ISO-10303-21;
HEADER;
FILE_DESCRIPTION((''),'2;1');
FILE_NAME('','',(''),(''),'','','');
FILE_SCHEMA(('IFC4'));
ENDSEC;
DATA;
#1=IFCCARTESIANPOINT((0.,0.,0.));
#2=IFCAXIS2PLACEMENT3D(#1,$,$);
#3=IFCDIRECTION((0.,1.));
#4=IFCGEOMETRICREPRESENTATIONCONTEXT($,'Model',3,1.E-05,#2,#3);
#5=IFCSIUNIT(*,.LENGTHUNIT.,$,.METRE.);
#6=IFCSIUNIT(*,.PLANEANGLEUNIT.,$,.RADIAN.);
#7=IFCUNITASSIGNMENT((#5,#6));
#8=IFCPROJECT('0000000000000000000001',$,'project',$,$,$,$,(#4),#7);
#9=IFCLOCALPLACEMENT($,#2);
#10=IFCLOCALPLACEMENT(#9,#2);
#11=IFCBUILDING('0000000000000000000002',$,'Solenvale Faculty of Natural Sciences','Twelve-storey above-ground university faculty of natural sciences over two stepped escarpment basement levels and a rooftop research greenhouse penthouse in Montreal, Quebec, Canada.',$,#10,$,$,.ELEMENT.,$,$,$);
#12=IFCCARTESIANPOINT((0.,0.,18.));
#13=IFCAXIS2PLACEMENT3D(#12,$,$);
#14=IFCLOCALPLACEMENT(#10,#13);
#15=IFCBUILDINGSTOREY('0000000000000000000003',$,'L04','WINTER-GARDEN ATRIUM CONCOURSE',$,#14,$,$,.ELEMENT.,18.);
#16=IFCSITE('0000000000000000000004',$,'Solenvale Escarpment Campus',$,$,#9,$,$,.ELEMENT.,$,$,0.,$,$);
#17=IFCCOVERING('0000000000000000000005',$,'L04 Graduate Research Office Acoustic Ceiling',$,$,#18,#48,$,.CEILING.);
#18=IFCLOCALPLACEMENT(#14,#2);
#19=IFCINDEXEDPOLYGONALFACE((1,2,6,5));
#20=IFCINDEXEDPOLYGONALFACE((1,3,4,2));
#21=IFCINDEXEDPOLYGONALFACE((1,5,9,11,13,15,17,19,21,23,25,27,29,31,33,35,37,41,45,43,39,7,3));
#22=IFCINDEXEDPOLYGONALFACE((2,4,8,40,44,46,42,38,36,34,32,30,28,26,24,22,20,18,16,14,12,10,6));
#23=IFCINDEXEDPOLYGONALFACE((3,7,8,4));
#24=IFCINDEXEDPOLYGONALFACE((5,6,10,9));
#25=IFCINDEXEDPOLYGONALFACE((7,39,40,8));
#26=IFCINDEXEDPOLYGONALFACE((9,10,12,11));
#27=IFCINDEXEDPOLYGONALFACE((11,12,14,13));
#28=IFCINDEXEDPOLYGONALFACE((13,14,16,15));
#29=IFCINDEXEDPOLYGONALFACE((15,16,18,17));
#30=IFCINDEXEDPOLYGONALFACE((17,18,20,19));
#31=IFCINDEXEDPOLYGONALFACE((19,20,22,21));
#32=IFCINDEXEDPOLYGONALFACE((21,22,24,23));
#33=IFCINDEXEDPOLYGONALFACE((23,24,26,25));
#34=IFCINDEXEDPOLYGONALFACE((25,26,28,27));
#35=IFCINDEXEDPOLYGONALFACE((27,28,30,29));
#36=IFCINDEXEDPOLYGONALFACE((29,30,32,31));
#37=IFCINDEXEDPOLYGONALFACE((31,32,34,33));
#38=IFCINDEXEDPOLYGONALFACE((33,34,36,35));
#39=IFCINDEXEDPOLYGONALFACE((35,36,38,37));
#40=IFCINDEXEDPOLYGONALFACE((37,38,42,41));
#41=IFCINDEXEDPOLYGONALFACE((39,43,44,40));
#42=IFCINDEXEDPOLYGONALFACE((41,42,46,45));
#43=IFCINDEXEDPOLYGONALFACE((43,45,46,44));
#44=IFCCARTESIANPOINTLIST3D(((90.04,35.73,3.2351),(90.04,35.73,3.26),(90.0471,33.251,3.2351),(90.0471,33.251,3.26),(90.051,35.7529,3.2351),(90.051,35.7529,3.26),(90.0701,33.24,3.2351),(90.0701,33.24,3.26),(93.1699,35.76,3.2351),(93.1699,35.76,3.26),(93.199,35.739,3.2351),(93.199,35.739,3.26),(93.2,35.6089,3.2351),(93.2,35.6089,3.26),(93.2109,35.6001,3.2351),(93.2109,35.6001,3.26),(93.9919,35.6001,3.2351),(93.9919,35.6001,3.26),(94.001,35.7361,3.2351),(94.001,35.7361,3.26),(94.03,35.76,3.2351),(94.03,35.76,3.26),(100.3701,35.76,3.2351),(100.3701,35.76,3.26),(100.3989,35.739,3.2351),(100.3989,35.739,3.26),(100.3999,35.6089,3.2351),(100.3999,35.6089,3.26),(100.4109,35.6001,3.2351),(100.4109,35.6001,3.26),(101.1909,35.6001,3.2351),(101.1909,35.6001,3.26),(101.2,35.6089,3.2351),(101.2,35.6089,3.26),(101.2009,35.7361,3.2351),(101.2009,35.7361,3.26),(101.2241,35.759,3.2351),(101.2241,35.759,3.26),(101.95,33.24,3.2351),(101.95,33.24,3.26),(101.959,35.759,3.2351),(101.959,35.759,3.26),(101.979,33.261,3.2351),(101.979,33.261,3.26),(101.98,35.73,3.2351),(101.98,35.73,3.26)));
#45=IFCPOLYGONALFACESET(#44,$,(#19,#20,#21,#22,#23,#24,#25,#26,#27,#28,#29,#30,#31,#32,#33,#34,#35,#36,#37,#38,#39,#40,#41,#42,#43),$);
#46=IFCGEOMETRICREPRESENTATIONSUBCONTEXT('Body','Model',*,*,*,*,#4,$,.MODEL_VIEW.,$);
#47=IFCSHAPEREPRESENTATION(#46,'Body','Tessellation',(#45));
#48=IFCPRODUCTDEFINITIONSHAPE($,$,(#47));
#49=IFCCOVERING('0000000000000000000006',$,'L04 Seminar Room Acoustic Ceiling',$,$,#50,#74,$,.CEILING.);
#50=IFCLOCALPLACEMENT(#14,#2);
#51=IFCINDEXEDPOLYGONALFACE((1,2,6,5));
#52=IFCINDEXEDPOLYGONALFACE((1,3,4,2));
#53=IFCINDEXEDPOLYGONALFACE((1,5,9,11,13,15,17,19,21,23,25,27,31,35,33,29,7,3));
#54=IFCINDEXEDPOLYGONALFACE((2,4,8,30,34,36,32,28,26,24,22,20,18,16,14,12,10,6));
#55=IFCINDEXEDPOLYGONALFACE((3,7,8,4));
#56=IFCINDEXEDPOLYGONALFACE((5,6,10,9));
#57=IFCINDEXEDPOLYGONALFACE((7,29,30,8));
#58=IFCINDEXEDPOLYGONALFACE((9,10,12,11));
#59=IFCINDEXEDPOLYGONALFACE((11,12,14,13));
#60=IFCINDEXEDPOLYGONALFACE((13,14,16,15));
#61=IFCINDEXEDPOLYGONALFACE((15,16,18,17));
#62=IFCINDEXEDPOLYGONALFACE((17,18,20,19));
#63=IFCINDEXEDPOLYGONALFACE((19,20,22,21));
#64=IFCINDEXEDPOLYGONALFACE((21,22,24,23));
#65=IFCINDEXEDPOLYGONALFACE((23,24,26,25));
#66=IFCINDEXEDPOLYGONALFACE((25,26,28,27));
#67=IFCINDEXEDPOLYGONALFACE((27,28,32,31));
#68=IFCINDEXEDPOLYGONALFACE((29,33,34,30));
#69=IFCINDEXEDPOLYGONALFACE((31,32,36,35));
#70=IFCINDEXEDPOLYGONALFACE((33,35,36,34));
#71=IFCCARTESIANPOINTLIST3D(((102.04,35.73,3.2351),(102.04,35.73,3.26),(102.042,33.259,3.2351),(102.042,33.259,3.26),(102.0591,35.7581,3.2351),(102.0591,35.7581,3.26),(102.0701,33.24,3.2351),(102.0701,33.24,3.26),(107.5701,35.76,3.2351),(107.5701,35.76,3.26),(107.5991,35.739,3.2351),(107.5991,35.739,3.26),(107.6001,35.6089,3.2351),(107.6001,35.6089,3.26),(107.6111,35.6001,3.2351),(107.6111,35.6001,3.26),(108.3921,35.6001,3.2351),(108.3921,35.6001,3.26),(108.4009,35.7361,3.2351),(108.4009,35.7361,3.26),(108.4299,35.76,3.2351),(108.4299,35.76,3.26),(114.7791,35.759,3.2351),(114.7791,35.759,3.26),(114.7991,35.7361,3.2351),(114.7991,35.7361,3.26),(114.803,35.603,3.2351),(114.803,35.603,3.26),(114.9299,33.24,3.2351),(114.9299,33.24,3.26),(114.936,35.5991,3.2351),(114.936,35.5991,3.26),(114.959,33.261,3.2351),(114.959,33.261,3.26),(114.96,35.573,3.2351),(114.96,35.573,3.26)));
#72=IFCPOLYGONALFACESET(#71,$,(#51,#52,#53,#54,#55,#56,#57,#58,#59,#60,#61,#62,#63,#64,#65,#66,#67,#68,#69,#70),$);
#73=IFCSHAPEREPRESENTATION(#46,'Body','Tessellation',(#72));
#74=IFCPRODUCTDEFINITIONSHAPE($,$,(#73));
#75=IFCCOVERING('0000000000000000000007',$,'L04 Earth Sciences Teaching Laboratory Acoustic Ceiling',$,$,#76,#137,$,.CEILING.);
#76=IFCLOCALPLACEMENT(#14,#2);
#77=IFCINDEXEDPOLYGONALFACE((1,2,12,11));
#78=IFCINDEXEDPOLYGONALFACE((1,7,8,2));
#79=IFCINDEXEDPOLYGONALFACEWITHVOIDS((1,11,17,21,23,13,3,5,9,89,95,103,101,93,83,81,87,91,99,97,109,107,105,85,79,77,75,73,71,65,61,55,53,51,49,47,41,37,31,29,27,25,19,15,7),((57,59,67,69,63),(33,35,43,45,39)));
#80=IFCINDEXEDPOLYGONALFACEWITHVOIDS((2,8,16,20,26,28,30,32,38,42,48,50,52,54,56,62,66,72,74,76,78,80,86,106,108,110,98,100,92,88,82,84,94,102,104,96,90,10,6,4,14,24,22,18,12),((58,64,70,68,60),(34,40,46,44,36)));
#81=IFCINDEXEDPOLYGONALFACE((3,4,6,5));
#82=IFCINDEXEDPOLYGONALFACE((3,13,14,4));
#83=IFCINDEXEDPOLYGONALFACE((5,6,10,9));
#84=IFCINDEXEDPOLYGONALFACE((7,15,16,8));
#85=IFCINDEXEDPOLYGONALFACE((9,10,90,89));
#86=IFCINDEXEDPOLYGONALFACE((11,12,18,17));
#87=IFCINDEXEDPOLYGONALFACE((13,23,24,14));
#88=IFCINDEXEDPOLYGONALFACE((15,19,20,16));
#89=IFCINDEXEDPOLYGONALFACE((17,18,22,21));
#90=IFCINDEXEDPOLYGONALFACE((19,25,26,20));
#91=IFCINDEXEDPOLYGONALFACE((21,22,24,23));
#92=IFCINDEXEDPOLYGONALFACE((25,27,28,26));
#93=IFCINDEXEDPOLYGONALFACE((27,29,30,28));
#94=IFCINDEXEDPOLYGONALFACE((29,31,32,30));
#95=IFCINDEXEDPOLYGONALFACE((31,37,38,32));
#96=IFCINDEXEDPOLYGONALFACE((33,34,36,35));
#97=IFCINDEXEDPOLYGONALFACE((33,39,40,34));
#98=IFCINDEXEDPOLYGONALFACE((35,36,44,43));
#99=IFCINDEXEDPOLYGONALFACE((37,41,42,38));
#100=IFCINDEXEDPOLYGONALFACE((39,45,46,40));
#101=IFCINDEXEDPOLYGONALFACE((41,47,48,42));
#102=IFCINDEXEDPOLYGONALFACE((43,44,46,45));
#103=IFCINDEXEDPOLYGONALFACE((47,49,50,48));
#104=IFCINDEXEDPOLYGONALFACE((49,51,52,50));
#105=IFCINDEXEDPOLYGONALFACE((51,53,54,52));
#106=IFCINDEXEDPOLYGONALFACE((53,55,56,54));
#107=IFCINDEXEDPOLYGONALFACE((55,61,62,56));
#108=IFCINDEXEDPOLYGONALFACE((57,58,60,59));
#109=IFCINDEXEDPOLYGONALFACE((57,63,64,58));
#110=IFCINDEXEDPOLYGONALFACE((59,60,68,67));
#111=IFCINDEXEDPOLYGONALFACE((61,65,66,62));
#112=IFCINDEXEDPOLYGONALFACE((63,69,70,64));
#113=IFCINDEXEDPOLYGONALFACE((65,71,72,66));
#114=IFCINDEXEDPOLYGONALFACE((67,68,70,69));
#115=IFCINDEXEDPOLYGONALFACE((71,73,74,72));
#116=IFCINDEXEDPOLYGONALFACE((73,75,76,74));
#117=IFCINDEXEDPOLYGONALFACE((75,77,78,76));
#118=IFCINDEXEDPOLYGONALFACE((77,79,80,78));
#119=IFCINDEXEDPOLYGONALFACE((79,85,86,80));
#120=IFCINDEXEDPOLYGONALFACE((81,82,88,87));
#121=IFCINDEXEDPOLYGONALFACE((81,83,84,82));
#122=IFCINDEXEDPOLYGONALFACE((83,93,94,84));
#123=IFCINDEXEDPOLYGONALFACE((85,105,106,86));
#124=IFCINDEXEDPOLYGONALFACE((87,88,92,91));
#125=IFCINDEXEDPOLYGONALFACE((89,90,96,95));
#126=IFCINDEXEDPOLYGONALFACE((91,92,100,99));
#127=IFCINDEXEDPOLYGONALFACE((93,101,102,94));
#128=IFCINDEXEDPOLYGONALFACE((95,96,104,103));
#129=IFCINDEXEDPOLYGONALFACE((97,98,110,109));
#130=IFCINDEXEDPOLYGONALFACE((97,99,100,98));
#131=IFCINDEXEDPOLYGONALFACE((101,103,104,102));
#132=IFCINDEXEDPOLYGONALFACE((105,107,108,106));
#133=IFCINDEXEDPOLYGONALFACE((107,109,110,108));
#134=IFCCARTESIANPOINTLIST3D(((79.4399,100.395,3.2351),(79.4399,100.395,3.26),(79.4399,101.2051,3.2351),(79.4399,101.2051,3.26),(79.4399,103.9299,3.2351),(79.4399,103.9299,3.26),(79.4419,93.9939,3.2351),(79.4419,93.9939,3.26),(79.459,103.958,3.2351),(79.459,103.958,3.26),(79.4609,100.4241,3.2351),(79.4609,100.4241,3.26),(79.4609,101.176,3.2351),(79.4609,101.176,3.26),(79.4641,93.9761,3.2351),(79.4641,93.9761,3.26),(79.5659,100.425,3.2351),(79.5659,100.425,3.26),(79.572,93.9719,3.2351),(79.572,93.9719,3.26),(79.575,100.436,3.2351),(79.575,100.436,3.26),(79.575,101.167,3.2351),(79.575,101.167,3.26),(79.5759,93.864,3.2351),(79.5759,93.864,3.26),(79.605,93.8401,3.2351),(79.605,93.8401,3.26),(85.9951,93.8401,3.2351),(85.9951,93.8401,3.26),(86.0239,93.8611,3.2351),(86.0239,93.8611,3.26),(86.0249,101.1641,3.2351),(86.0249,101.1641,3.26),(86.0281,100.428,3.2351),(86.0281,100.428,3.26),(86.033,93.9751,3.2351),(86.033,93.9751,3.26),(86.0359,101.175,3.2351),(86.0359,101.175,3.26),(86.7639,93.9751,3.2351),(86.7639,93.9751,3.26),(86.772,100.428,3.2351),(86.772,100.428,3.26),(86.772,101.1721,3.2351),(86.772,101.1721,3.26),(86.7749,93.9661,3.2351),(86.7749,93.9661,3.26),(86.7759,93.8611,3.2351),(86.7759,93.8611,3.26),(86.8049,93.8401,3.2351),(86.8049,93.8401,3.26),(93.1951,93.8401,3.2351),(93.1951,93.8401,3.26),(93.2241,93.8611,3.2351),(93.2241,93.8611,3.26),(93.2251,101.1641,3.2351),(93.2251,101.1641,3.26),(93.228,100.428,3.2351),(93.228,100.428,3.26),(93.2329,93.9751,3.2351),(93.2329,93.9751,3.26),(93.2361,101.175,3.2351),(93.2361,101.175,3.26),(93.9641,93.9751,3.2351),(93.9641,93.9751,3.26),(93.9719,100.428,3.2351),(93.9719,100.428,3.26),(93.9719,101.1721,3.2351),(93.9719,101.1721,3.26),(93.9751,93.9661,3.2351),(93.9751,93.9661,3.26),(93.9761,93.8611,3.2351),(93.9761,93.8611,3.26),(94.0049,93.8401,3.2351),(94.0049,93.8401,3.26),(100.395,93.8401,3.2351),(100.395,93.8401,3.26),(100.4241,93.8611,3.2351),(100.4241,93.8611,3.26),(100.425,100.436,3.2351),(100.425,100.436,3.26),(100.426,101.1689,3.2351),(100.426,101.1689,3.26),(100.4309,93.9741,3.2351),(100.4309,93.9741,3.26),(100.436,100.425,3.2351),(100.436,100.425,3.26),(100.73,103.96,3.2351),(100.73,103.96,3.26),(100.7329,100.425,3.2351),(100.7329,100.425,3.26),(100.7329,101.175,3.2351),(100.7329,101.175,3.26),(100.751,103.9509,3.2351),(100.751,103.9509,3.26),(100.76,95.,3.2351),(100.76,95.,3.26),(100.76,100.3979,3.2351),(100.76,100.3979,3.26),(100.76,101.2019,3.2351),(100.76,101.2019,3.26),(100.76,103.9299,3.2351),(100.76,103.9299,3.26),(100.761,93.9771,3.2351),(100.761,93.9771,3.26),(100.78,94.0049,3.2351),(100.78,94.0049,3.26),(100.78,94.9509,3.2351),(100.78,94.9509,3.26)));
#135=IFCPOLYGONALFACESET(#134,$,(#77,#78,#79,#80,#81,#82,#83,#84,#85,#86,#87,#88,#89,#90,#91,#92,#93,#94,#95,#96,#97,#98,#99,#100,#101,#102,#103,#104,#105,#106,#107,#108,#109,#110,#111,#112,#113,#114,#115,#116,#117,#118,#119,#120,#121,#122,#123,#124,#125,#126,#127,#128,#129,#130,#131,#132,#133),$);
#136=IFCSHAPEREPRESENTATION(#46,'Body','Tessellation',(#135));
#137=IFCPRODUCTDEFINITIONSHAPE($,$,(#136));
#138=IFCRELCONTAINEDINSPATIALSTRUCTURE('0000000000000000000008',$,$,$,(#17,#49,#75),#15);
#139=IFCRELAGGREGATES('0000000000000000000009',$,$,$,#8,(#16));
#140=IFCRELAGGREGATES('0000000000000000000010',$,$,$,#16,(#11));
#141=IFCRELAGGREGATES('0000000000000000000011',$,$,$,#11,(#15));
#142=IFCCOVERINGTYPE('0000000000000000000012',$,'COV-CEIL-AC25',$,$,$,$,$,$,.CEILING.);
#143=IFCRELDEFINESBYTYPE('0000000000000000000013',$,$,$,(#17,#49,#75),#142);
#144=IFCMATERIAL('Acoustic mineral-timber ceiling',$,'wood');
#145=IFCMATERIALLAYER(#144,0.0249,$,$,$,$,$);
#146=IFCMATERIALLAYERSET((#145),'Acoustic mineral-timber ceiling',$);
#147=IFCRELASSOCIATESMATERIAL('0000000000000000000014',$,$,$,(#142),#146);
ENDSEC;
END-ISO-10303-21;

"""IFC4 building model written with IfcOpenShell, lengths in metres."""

from ifc_helpers import new_model, si_unit, direction, frame, origin, place, context, subcontext, project, spatial, polyline, outline, extrude, material, layer, layer_set, type_object, element, save


model = new_model("IFC4")

# Units and contexts
model_context = context("Model", 3, precision=1e-05, world=origin(), true_north=direction((0.0, 1.0)))
body_context = subcontext(model_context, "Body", "Model", "MODEL_VIEW")
ifc_project = project(units=[si_unit("LENGTHUNIT", "METRE"), si_unit("PLANEANGLEUNIT", "RADIAN")], contexts=[model_context])

# Site, building, storey
site_placement = place(None, origin())
site = spatial("IfcSite", under=ifc_project, at=site_placement, Name="Solenvale Escarpment Campus", CompositionType="ELEMENT", RefElevation=0.0)
building_placement = place(site_placement, origin())
building = spatial("IfcBuilding", under=site, at=building_placement, Name="Solenvale Faculty of Natural Sciences", Description="Twelve-storey above-ground university faculty of natural sciences over two stepped escarpment basement levels and a rooftop research greenhouse penthouse in Montreal, Quebec, Canada.", CompositionType="ELEMENT")
storey_placement = place(building_placement, frame((0.0, 0.0, 18.0)))
storey = spatial("IfcBuildingStorey", under=building, at=storey_placement, Name="L04", Description="WINTER-GARDEN ATRIUM CONCOURSE", CompositionType="ELEMENT", Elevation=18.0)

# Coverings
ifc_material_1 = material(Name="Acoustic mineral-timber ceiling", Category="wood")
ifc_layer_1 = layer(ifc_material_1, 0.0249)
ifc_layer_set_1 = layer_set([ifc_layer_1], Name="Acoustic mineral-timber ceiling")
covering_type_1 = type_object("IfcCoveringType", Name="COV-CEIL-AC25", PredefinedType="CEILING", material=ifc_layer_set_1)
covering_1_placement = place(storey_placement, frame((0.0, 0.0, 3.2351)))
element("IfcCovering", 1, at=covering_1_placement, inside=storey, type_object=covering_type_1, Name="L04 Graduate Research Office Acoustic Ceiling", PredefinedType="CEILING", context=body_context, shape_type="SweptSolid", body=[
    extrude(outline(polyline([(93.1699, 35.76), (93.199, 35.739), (93.2, 35.6089), (93.2109, 35.6001), (93.9919, 35.6001), (94.001, 35.7361), (94.03, 35.76), (100.3701, 35.76), (100.3989, 35.739), (100.3999, 35.6089), (100.4109, 35.6001), (101.1909, 35.6001), (101.2, 35.6089), (101.2009, 35.7361), (101.2241, 35.759), (101.959, 35.759), (101.98, 35.73), (101.979, 33.261), (101.95, 33.24), (90.0701, 33.24), (90.0471, 33.251), (90.04, 35.73), (90.051, 35.7529), (93.1699, 35.76)])), origin(), (0.0, 0.0, 1.0), 0.0249),
])
covering_2_placement = place(storey_placement, frame((0.0, 0.0, 3.2351)))
element("IfcCovering", 2, at=covering_2_placement, inside=storey, type_object=covering_type_1, Name="L04 Seminar Room Acoustic Ceiling", PredefinedType="CEILING", context=body_context, shape_type="SweptSolid", body=[
    extrude(outline(polyline([(107.5701, 35.76), (107.5991, 35.739), (107.6001, 35.6089), (107.6111, 35.6001), (108.3921, 35.6001), (108.4009, 35.7361), (108.4299, 35.76), (114.7791, 35.759), (114.7991, 35.7361), (114.803, 35.603), (114.936, 35.5991), (114.96, 35.573), (114.959, 33.261), (114.9299, 33.24), (102.0701, 33.24), (102.042, 33.259), (102.04, 35.73), (102.0591, 35.7581), (107.5701, 35.76)])), origin(), (0.0, 0.0, 1.0), 0.0249),
])
covering_3_placement = place(storey_placement, frame((0.0, 0.0, 3.2351)))
element("IfcCovering", 3, at=covering_3_placement, inside=storey, type_object=covering_type_1, Name="L04 Earth Sciences Teaching Laboratory Acoustic Ceiling", PredefinedType="CEILING", context=body_context, shape_type="SweptSolid", body=[
    extrude(outline(polyline([(100.73, 103.96), (100.751, 103.9509), (100.76, 103.9299), (100.76, 101.2019), (100.7329, 101.175), (100.426, 101.1689), (100.425, 100.436), (100.436, 100.425), (100.7329, 100.425), (100.76, 100.3979), (100.76, 95.0), (100.78, 94.9509), (100.78, 94.0049), (100.761, 93.9771), (100.4309, 93.9741), (100.4241, 93.8611), (100.395, 93.8401), (94.0049, 93.8401), (93.9761, 93.8611), (93.9751, 93.9661), (93.9641, 93.9751), (93.2329, 93.9751), (93.2241, 93.8611), (93.1951, 93.8401), (86.8049, 93.8401), (86.7759, 93.8611), (86.7749, 93.9661), (86.7639, 93.9751), (86.033, 93.9751), (86.0239, 93.8611), (85.9951, 93.8401), (79.605, 93.8401), (79.5759, 93.864), (79.572, 93.9719), (79.4641, 93.9761), (79.4419, 93.9939), (79.4399, 100.395), (79.4609, 100.4241), (79.5659, 100.425), (79.575, 100.436), (79.575, 101.167), (79.4609, 101.176), (79.4399, 101.2051), (79.4399, 103.9299), (79.459, 103.958), (100.73, 103.96)]), holes=[polyline([(93.2361, 101.175), (93.2251, 101.1641), (93.228, 100.428), (93.9719, 100.428), (93.9719, 101.1721), (93.2361, 101.175)]), polyline([(86.0359, 101.175), (86.0249, 101.1641), (86.0281, 100.428), (86.772, 100.428), (86.772, 101.1721), (86.0359, 101.175)])]), origin(), (0.0, 0.0, 1.0), 0.0249),
])

save(model, "model.ifc")
